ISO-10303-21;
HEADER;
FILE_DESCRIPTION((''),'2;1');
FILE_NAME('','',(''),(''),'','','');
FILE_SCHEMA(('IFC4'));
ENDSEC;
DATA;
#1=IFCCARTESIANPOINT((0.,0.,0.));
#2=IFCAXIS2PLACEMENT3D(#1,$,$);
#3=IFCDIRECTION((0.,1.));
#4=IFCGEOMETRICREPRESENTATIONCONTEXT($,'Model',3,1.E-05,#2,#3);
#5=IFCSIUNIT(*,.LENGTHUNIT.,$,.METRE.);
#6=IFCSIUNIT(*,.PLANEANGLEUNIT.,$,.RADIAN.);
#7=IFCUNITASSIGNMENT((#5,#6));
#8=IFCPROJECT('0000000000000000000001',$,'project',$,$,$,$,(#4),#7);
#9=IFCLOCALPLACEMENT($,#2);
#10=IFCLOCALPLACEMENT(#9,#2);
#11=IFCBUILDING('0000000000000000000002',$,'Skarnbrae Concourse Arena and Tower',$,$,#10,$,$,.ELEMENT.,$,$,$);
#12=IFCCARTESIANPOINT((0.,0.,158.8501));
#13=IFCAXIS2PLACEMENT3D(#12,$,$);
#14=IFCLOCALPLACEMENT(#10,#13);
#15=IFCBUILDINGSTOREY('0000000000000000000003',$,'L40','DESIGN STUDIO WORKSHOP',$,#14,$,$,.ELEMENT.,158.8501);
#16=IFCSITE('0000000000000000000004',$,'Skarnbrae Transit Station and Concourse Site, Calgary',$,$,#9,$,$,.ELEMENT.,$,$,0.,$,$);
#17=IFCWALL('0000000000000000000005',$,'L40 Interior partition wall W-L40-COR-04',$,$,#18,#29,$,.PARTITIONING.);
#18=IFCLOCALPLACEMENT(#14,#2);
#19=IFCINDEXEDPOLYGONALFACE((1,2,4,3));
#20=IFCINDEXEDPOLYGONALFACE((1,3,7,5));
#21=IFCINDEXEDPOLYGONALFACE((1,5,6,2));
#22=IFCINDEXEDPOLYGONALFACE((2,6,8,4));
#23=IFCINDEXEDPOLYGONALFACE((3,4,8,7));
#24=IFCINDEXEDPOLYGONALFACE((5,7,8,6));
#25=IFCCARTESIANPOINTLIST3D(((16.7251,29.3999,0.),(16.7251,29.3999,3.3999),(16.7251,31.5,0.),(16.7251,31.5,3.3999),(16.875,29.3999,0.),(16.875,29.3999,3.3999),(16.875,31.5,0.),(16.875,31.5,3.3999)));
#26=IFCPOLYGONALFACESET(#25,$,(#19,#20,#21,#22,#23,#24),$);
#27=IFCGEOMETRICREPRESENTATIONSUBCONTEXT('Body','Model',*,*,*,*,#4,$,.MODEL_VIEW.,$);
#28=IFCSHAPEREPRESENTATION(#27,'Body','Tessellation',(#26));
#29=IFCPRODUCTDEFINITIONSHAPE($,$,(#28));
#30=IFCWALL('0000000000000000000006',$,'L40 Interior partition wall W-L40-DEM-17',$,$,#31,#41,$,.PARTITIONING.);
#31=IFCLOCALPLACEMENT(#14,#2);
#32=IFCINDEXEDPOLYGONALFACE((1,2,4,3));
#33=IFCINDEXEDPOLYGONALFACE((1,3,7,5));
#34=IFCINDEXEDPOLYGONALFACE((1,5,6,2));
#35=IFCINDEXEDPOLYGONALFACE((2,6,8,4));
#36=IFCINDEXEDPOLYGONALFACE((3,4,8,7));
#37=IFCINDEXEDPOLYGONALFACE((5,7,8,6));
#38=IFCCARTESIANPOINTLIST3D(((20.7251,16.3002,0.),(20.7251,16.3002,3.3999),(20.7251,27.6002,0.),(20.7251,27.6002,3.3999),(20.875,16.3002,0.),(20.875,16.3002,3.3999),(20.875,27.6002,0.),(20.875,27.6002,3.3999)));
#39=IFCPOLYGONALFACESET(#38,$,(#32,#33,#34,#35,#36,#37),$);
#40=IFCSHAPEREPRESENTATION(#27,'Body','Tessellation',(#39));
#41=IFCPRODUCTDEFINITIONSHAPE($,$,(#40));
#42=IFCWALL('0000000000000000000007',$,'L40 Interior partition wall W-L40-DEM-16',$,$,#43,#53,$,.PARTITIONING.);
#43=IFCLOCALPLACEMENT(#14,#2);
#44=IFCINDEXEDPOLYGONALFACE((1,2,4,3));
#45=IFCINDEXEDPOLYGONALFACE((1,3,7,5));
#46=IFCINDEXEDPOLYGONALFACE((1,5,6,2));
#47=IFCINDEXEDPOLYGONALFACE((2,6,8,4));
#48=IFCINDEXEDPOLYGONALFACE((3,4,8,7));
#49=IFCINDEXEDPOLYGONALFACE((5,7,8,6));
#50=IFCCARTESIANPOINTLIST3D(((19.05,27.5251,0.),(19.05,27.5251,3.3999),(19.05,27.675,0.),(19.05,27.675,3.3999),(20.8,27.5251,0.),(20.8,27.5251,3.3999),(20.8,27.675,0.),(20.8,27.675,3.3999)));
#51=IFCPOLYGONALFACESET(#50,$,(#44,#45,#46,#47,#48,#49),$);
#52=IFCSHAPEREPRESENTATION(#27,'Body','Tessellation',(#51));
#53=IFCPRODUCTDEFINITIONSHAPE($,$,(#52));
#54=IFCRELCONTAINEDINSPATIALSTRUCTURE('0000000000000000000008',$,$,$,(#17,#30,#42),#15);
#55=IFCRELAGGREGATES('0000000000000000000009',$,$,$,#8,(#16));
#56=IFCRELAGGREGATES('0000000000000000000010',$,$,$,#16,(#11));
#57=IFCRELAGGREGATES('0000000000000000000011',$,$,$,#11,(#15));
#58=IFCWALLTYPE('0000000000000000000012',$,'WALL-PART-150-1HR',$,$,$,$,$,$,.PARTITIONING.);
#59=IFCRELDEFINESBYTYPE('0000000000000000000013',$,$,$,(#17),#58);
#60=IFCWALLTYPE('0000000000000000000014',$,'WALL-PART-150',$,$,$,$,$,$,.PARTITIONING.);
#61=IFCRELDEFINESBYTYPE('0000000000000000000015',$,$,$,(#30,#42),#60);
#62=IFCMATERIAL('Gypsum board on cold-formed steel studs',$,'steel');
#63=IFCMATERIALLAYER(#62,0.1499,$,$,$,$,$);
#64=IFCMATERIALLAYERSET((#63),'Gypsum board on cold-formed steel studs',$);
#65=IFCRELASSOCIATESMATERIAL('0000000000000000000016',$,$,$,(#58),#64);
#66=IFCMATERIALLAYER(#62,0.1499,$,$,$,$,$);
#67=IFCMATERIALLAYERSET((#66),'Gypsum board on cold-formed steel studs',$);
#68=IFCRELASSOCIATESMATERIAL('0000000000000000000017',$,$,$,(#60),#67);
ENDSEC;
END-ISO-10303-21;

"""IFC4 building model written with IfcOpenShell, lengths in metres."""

from ifc_helpers import new_model, si_unit, direction, frame, frame_2d, origin, place, context, subcontext, project, spatial, rectangle, extrude, source, transform, mapped, material, layer, layer_set, type_object, element, save


model = new_model("IFC4")

# Units and contexts
model_context = context("Model", 3, precision=1e-05, world=origin(), true_north=direction((0.0, 1.0)))
body_context = subcontext(model_context, "Body", "Model", "MODEL_VIEW")
ifc_project = project(units=[si_unit("LENGTHUNIT", "METRE"), si_unit("PLANEANGLEUNIT", "RADIAN")], contexts=[model_context])

# Site, building, storey
site_placement = place(None, origin())
site = spatial("IfcSite", under=ifc_project, at=site_placement, Name="Skarnbrae Transit Station and Concourse Site, Calgary", CompositionType="ELEMENT", RefElevation=0.0)
building_placement = place(site_placement, origin())
building = spatial("IfcBuilding", under=site, at=building_placement, Name="Skarnbrae Concourse Arena and Tower", CompositionType="ELEMENT")
storey_placement = place(building_placement, frame((0.0, 0.0, 158.8501)))
storey = spatial("IfcBuildingStorey", under=building, at=storey_placement, Name="L40", Description="DESIGN STUDIO WORKSHOP", CompositionType="ELEMENT", Elevation=158.8501)

# Shared definitions
ifc_material_1 = material(Name="Gypsum board on cold-formed steel studs", Category="steel")
ifc_layer_1 = layer(ifc_material_1, 0.1499)
ifc_layer_set_1 = layer_set([ifc_layer_1], Name="Gypsum board on cold-formed steel studs")
wall_type_1 = type_object("IfcWallType", Name="WALL-PART-150-1HR", PredefinedType="PARTITIONING", material=ifc_layer_set_1)

# Walls
shared_shape_1 = source(origin(), body_context, "Body", "SweptSolid", [
    extrude(rectangle(XDim=2.1001, YDim=0.1499, at=frame_2d((1.05, 0.0))), origin(), (0.0, 0.0, 1.0), 3.3999),
])
wall_1_placement = place(storey_placement, frame((16.8, 29.3999, 0.0), z_axis=(0.0, 0.0, 1.0), x_axis=(0.0, 1.0, 0.0)))
element("IfcWall", 1, at=wall_1_placement, inside=storey, type_object=wall_type_1, Name="L40 Interior partition wall W-L40-COR-04", PredefinedType="PARTITIONING", context=body_context, shape_type="MappedRepresentation", body=[
    mapped(shared_shape_1, transform((0.0, 0.0, 0.0))),
])
ifc_layer_2 = layer(ifc_material_1, 0.1499)
ifc_layer_set_2 = layer_set([ifc_layer_2], Name="Gypsum board on cold-formed steel studs")
wall_type_2 = type_object("IfcWallType", Name="WALL-PART-150", PredefinedType="PARTITIONING", material=ifc_layer_set_2)
shared_shape_2 = source(origin(), body_context, "Body", "SweptSolid", [
    extrude(rectangle(XDim=11.3, YDim=0.1499, at=frame_2d((5.6499, 0.0))), origin(), (0.0, 0.0, 1.0), 3.3999),
])
wall_2_placement = place(storey_placement, frame((20.8, 27.6001, 0.0), z_axis=(0.0, 0.0, 1.0), x_axis=(0.0, -1.0, 0.0)))
element("IfcWall", 2, at=wall_2_placement, inside=storey, type_object=wall_type_2, Name="L40 Interior partition wall W-L40-DEM-17", PredefinedType="PARTITIONING", context=body_context, shape_type="MappedRepresentation", body=[
    mapped(shared_shape_2, transform((0.0, 0.0, 0.0))),
])
shared_shape_3 = source(origin(), body_context, "Body", "SweptSolid", [
    extrude(rectangle(XDim=1.75, YDim=0.1499, at=frame_2d((0.875, 0.0))), origin(), (0.0, 0.0, 1.0), 3.3999),
])
wall_3_placement = place(storey_placement, frame((19.05, 27.6001, 0.0), z_axis=(0.0, 0.0, 1.0), x_axis=(1.0, 0.0, 0.0)))
element("IfcWall", 3, at=wall_3_placement, inside=storey, type_object=wall_type_2, Name="L40 Interior partition wall W-L40-DEM-16", PredefinedType="PARTITIONING", context=body_context, shape_type="MappedRepresentation", body=[
    mapped(shared_shape_3, transform((0.0, 0.0, 0.0))),
])

save(model, "model.ifc")
